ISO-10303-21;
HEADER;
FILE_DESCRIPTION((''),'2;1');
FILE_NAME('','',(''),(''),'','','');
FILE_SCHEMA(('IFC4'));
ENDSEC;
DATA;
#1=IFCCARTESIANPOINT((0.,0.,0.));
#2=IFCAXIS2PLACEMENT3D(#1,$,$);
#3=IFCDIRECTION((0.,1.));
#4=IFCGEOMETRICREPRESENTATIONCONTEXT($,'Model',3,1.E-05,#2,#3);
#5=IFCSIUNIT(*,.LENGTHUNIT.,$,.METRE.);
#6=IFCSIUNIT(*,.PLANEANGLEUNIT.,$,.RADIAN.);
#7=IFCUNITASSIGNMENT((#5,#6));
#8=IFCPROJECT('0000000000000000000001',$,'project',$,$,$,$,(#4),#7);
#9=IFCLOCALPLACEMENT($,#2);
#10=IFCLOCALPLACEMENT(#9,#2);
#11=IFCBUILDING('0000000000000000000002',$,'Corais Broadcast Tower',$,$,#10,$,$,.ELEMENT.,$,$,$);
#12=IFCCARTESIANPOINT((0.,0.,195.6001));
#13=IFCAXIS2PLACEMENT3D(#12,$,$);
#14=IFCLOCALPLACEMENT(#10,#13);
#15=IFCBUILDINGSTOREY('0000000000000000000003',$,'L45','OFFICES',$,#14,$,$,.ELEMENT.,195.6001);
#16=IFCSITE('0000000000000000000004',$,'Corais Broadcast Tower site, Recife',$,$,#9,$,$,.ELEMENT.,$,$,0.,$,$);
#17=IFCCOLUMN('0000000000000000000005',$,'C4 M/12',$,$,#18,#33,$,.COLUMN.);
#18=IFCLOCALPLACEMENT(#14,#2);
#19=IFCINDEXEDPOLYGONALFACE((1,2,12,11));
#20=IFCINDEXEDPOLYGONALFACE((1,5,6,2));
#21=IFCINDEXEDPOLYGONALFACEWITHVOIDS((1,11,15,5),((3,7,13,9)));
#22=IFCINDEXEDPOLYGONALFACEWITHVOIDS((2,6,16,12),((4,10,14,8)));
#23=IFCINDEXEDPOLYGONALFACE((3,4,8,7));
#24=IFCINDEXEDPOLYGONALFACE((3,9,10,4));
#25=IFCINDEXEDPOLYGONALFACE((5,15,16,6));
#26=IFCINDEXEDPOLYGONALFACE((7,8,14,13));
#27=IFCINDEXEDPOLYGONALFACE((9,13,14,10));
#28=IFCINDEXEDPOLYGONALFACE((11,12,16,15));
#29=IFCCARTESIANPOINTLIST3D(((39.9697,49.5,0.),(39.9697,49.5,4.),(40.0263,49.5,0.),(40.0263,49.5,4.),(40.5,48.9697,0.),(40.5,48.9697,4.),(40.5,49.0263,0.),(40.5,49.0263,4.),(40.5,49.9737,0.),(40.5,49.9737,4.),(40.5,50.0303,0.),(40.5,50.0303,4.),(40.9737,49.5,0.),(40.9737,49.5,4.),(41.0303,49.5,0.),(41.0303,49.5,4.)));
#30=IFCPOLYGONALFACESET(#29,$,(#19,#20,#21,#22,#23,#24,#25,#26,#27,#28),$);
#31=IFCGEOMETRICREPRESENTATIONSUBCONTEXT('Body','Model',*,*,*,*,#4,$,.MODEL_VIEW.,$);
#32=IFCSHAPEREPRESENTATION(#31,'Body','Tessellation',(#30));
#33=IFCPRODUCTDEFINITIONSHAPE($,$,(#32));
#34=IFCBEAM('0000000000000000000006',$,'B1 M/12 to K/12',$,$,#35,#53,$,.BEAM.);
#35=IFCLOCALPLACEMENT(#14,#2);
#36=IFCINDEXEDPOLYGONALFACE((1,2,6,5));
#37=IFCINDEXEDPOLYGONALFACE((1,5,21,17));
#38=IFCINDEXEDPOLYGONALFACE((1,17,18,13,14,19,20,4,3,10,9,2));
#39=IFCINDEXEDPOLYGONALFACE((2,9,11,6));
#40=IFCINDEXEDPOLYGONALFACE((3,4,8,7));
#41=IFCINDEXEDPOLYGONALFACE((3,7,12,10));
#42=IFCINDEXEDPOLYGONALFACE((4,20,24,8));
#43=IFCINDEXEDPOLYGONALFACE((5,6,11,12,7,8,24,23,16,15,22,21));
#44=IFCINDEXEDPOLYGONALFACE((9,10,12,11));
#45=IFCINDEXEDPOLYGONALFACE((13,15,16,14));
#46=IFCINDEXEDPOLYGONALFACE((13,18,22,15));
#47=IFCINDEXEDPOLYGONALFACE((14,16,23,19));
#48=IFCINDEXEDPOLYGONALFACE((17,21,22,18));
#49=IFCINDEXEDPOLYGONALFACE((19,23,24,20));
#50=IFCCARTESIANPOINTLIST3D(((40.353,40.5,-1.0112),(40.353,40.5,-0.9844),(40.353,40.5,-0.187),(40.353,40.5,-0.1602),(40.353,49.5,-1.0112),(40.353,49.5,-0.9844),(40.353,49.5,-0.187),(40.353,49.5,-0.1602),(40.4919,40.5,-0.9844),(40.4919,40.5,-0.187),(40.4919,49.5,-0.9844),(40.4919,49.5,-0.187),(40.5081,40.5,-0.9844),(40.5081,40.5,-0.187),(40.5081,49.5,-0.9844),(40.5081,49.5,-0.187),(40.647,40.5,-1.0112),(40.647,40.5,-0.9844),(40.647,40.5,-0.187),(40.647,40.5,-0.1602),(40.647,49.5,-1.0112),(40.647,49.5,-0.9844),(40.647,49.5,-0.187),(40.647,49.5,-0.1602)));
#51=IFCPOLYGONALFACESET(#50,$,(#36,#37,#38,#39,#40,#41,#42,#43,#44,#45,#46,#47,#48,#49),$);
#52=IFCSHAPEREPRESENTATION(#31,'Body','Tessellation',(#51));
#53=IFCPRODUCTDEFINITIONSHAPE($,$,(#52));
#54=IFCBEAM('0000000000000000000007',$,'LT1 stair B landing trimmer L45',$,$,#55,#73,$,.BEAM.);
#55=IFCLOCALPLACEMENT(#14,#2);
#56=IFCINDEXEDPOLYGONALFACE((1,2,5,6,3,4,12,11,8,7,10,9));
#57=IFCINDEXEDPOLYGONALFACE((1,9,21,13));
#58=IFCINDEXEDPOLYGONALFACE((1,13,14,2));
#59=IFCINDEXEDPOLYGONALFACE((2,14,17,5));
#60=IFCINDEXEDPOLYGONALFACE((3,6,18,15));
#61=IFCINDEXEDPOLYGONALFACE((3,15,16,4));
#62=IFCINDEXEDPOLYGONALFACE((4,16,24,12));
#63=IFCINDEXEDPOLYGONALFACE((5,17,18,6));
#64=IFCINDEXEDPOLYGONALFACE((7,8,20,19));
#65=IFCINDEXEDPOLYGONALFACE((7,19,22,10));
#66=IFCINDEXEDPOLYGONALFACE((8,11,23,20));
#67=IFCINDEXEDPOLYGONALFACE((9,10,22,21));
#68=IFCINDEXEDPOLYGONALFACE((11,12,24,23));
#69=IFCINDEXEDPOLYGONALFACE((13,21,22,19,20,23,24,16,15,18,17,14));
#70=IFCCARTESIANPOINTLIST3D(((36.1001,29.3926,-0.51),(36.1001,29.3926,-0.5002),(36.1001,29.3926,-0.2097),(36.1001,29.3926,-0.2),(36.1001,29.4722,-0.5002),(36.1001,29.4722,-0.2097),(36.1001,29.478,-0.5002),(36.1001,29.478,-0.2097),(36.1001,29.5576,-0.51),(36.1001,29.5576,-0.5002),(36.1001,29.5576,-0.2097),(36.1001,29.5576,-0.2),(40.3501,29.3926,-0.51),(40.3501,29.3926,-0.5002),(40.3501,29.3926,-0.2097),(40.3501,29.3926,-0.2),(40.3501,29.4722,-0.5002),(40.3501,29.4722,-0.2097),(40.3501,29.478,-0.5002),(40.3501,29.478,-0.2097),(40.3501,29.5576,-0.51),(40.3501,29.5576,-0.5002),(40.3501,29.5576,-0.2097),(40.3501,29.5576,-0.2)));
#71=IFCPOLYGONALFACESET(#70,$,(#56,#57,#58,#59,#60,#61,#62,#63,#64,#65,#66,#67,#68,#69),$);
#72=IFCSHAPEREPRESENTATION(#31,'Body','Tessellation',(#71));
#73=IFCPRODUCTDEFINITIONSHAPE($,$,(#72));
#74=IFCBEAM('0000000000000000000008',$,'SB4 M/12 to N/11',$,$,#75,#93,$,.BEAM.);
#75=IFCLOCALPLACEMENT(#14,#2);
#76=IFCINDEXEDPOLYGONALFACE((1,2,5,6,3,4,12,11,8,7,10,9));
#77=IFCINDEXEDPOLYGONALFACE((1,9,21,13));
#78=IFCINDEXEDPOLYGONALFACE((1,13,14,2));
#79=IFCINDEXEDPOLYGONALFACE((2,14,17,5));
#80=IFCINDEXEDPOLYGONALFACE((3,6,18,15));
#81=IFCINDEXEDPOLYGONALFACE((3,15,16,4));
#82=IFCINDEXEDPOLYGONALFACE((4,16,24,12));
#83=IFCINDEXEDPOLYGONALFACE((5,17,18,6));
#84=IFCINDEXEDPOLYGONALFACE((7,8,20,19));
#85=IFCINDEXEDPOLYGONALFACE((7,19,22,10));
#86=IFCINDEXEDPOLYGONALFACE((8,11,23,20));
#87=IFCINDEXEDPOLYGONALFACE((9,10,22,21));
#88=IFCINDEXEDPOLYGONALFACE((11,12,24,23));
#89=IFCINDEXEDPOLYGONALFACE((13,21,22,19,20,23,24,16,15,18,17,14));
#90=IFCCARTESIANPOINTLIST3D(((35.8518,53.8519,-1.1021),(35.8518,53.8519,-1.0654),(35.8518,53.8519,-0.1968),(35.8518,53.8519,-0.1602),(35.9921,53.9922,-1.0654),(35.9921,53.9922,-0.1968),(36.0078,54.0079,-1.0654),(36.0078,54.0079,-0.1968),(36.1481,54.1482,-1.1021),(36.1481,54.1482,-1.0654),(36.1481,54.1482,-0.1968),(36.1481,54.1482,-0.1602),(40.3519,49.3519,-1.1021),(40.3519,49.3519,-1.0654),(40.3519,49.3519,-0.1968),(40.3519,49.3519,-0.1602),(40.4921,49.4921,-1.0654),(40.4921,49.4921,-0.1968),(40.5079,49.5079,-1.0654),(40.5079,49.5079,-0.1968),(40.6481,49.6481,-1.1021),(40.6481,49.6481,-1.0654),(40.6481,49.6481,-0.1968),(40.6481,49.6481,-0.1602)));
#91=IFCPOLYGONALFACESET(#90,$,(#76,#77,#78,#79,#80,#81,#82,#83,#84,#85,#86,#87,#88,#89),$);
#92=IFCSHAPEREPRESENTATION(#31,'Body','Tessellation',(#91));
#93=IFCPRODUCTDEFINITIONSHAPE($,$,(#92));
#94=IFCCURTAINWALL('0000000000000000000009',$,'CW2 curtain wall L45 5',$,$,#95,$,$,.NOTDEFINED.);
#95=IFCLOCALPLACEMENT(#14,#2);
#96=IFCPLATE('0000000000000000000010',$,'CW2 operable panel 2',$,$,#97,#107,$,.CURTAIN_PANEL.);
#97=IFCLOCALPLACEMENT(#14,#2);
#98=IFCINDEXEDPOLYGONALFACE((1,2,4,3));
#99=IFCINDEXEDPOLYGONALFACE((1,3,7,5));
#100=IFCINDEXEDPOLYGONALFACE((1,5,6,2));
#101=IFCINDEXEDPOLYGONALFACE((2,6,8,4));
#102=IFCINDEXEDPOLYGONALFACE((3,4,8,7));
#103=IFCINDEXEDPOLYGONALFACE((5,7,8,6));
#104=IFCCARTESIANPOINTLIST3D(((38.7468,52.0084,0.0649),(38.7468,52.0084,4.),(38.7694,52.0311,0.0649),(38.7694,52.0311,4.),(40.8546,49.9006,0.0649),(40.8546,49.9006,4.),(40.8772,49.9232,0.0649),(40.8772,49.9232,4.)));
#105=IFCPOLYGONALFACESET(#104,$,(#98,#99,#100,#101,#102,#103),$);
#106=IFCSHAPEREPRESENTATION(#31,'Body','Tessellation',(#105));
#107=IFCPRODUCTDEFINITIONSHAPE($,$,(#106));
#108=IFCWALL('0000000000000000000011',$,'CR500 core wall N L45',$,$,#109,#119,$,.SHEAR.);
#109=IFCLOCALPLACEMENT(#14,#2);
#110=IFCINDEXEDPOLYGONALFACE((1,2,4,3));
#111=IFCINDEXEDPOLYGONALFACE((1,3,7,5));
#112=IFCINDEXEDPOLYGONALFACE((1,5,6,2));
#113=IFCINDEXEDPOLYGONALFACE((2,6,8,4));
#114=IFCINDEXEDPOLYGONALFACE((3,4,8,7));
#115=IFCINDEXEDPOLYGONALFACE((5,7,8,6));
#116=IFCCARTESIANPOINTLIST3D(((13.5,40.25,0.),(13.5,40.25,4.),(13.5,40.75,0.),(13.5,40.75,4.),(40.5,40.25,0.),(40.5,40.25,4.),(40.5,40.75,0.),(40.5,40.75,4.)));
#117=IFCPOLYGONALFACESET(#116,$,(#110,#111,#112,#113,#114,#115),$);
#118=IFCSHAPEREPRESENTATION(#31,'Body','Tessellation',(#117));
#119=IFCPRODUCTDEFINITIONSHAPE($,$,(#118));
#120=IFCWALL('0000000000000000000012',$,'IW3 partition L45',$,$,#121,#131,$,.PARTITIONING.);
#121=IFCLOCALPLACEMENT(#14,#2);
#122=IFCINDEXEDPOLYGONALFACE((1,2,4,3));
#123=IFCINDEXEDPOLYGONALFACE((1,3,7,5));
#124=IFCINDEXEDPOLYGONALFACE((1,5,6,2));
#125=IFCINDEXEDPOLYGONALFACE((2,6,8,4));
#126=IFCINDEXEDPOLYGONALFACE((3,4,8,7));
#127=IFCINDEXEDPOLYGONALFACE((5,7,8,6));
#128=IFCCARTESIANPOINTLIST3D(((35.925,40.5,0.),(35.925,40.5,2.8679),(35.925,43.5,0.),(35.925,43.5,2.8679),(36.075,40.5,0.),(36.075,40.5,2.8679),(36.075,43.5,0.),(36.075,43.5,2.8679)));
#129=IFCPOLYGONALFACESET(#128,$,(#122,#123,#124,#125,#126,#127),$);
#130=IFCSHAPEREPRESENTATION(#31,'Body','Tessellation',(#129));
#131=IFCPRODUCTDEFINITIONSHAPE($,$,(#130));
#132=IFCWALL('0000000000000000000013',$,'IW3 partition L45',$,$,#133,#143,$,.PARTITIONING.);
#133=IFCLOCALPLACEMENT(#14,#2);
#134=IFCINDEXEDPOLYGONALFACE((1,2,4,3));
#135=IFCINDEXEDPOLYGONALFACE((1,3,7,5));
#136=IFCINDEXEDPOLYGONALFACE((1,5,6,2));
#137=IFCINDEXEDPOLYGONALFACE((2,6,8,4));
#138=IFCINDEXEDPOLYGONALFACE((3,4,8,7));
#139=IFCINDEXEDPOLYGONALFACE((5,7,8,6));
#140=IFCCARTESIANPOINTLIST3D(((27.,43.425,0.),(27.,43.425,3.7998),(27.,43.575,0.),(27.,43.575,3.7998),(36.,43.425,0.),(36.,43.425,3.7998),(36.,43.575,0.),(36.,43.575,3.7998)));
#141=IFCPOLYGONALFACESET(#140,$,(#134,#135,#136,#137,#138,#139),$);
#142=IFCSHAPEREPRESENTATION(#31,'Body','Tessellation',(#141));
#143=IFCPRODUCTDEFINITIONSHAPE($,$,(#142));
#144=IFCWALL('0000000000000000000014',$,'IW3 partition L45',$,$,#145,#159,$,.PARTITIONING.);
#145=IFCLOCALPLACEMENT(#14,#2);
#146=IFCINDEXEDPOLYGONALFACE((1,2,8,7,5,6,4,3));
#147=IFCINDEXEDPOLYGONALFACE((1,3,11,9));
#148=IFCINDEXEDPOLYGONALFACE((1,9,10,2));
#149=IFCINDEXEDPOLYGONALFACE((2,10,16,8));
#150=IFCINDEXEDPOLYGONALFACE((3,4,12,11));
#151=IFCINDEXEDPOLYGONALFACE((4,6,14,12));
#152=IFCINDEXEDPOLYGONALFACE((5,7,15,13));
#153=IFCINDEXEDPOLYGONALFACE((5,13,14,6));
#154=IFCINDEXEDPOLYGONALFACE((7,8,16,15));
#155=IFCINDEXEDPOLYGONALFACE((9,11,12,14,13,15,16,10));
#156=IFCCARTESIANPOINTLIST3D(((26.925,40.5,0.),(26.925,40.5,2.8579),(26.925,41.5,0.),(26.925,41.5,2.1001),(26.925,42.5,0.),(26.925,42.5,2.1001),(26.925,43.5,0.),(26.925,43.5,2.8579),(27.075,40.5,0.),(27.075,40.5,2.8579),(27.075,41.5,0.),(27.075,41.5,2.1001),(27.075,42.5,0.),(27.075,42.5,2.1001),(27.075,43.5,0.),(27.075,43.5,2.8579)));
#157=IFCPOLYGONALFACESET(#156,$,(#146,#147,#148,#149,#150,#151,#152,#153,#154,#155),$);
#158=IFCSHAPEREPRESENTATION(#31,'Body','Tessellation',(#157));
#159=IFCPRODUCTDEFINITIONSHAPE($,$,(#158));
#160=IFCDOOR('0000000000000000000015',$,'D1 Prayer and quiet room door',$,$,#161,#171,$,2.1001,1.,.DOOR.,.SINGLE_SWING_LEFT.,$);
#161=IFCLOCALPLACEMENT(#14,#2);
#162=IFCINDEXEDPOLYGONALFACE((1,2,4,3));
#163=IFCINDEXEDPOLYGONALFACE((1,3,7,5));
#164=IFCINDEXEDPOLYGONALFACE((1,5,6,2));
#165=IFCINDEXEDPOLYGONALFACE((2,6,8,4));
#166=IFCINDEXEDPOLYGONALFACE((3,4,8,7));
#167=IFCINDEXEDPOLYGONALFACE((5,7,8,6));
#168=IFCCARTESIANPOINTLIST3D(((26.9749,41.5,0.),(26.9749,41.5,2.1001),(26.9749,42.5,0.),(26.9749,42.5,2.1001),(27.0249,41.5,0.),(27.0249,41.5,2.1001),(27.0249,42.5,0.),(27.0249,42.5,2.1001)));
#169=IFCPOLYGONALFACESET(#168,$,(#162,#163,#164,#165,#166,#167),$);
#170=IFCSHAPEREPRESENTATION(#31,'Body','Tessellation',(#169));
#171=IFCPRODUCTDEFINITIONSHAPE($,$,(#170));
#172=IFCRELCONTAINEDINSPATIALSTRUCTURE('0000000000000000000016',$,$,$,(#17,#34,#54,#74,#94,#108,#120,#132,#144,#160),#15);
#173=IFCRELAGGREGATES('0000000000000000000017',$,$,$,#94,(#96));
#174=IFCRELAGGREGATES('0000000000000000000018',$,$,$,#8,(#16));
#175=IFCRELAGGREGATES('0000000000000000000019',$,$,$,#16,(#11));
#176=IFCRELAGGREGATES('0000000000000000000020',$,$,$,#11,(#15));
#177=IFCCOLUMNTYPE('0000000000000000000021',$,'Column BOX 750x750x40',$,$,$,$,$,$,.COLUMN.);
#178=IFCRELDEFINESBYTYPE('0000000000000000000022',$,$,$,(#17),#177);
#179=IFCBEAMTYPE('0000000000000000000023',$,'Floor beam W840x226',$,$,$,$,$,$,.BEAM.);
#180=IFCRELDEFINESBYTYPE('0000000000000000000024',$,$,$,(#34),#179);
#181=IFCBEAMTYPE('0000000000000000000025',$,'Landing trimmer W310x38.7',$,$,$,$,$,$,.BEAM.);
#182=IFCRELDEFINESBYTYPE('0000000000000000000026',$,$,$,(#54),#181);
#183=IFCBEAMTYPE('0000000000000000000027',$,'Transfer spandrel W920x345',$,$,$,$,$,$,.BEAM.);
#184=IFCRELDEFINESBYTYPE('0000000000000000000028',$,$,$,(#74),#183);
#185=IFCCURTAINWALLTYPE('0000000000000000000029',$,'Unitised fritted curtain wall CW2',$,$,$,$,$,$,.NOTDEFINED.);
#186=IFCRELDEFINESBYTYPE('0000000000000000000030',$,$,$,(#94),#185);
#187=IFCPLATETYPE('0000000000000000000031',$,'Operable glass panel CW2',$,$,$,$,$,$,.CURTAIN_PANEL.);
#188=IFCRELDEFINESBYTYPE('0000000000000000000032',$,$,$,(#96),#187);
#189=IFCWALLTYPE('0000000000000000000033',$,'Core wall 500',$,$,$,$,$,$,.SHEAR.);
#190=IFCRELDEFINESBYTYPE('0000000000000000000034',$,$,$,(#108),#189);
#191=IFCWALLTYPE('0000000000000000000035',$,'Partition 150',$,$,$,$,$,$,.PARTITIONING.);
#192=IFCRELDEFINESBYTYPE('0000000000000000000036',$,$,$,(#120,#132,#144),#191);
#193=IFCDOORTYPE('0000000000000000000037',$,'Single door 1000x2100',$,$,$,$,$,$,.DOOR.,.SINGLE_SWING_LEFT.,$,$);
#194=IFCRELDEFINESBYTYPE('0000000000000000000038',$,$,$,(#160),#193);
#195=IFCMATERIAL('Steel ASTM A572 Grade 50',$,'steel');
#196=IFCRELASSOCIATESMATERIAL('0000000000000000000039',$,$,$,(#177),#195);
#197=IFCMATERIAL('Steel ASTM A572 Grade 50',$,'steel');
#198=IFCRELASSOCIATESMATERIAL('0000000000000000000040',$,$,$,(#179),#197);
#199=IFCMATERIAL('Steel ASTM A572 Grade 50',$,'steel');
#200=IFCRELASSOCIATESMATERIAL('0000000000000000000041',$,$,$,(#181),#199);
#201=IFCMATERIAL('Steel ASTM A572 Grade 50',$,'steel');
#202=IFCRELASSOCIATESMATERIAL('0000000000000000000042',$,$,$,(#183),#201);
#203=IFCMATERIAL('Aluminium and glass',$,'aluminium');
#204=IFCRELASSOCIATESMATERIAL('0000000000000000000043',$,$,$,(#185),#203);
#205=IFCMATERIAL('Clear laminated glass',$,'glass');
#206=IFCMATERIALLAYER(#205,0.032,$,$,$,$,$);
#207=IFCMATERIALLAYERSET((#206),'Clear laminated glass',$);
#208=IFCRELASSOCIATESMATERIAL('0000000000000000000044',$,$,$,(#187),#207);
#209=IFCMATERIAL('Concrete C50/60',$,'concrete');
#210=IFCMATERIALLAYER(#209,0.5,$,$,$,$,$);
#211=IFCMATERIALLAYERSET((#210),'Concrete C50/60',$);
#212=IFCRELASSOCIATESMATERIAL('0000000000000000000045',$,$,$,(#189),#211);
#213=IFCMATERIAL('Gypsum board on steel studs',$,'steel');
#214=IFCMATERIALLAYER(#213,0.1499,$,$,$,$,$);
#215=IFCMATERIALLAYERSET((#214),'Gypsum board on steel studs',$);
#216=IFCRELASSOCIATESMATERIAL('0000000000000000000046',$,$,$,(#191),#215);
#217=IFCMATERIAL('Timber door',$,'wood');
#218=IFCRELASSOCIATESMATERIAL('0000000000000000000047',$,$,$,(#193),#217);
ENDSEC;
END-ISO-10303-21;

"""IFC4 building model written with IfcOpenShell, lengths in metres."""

from ifc_helpers import new_model, si_unit, direction, frame, frame_2d, origin, origin_2d, place, context, subcontext, project, spatial, rectangle, hollow_rectangle, i_section, extrude, material, layer, layer_set, material_profile, profile_set, type_object, element, fill, aggregate, save


model = new_model("IFC4")

# Units and contexts
model_context = context("Model", 3, precision=1e-05, world=origin(), true_north=direction((0.0, 1.0)))
body_context = subcontext(model_context, "Body", "Model", "MODEL_VIEW")
ifc_project = project(units=[si_unit("LENGTHUNIT", "METRE"), si_unit("PLANEANGLEUNIT", "RADIAN")], contexts=[model_context])

# Site, building, storey
site_placement = place(None, origin())
site = spatial("IfcSite", under=ifc_project, at=site_placement, Name="Corais Broadcast Tower site, Recife", CompositionType="ELEMENT", RefElevation=0.0)
building_placement = place(site_placement, origin())
building = spatial("IfcBuilding", under=site, at=building_placement, Name="Corais Broadcast Tower", CompositionType="ELEMENT")
storey_placement = place(building_placement, frame((0.0, 0.0, 195.6001)))
storey = spatial("IfcBuildingStorey", under=building, at=storey_placement, Name="L45", Description="OFFICES", CompositionType="ELEMENT", Elevation=195.6001)

# Column
ifc_material_1 = material(Name="Steel ASTM A572 Grade 50", Category="steel")
ifc_material_profile_1 = material_profile(ifc_material_1, hollow_rectangle(XDim=0.75, YDim=0.75, WallThickness=0.04, at=origin_2d()), Name="BOX 750x750x40")
ifc_profile_set_1 = profile_set([ifc_material_profile_1], Name="Steel ASTM A572 Grade 50")
column_type = type_object("IfcColumnType", Name="Column BOX 750x750x40", PredefinedType="COLUMN", material=ifc_profile_set_1)
column_placement = place(storey_placement, frame((40.5, 49.5, 0.0), z_axis=(0.0, 0.0, 1.0), x_axis=(0.707107, 0.707107, 0.0)))
element("IfcColumn", 1, at=column_placement, inside=storey, type_object=column_type, Name="C4 M/12", PredefinedType="COLUMN", context=body_context, shape_type="SweptSolid", body=[
    extrude(hollow_rectangle(XDim=0.75, YDim=0.75, WallThickness=0.04, at=origin_2d()), origin(), (0.0, 0.0, 1.0), 4.0),
])

# Beams
ifc_material_2 = material(Name="Steel ASTM A572 Grade 50", Category="steel")
ifc_material_profile_2 = material_profile(ifc_material_2, i_section(OverallWidth=0.2939, OverallDepth=0.8511, WebThickness=0.0161, FlangeThickness=0.0269, at=origin_2d()), Name="W840x226")
ifc_profile_set_2 = profile_set([ifc_material_profile_2], Name="Steel ASTM A572 Grade 50")
beam_type_1 = type_object("IfcBeamType", Name="Floor beam W840x226", PredefinedType="BEAM", material=ifc_profile_set_2)
beam_1_placement = place(storey_placement, frame((40.5, 49.5, -0.5857), z_axis=(0.0, -1.0, 0.0), x_axis=(1.0, 0.0, 0.0)))
element("IfcBeam", 2, at=beam_1_placement, inside=storey, type_object=beam_type_1, Name="B1 M/12 to K/12", PredefinedType="BEAM", context=body_context, shape_type="SweptSolid", body=[
    extrude(i_section(OverallWidth=0.2939, OverallDepth=0.8511, WebThickness=0.0161, FlangeThickness=0.0269, at=origin_2d()), origin(), (0.0, 0.0, 1.0), 9.0),
])
ifc_material_3 = material(Name="Steel ASTM A572 Grade 50", Category="steel")
ifc_material_profile_3 = material_profile(ifc_material_3, i_section(OverallWidth=0.165, OverallDepth=0.3101, WebThickness=0.0059, FlangeThickness=0.0098, at=origin_2d()), Name="W310x38.7")
ifc_profile_set_3 = profile_set([ifc_material_profile_3], Name="Steel ASTM A572 Grade 50")
beam_type_2 = type_object("IfcBeamType", Name="Landing trimmer W310x38.7", PredefinedType="BEAM", material=ifc_profile_set_3)
beam_2_placement = place(storey_placement, frame((36.1001, 29.4751, -0.355), z_axis=(1.0, 0.0, 0.0), x_axis=(0.0, 1.0, 0.0)))
element("IfcBeam", 3, at=beam_2_placement, inside=storey, type_object=beam_type_2, Name="LT1 stair B landing trimmer L45", PredefinedType="BEAM", context=body_context, shape_type="SweptSolid", body=[
    extrude(i_section(OverallWidth=0.165, OverallDepth=0.3101, WebThickness=0.0059, FlangeThickness=0.0098, at=origin_2d()), origin(), (0.0, 0.0, 1.0), 4.25),
])
ifc_material_4 = material(Name="Steel ASTM A572 Grade 50", Category="steel")
ifc_material_profile_4 = material_profile(ifc_material_4, i_section(OverallWidth=0.4189, OverallDepth=0.9419, WebThickness=0.0222, FlangeThickness=0.0366, at=origin_2d()), Name="W920x345")
ifc_profile_set_4 = profile_set([ifc_material_profile_4], Name="Steel ASTM A572 Grade 50")
beam_type_3 = type_object("IfcBeamType", Name="Transfer spandrel W920x345", PredefinedType="BEAM", material=ifc_profile_set_4)
beam_3_placement = place(storey_placement, frame((40.5, 49.5, -0.6311), z_axis=(-0.707107, 0.707107, 0.0), x_axis=(-0.707107, -0.707107, 0.0)))
element("IfcBeam", 4, at=beam_3_placement, inside=storey, type_object=beam_type_3, Name="SB4 M/12 to N/11", PredefinedType="BEAM", context=body_context, shape_type="SweptSolid", body=[
    extrude(i_section(OverallWidth=0.4189, OverallDepth=0.9419, WebThickness=0.0222, FlangeThickness=0.0366, at=origin_2d()), origin(), (0.0, 0.0, 1.0), 6.364),
])

# Curtain wall, plate
ifc_material_5 = material(Name="Aluminium and glass", Category="aluminium")
curtain_wall_type = type_object("IfcCurtainWallType", Name="Unitised fritted curtain wall CW2", PredefinedType="NOTDEFINED", material=ifc_material_5)
curtain_wall_placement = place(storey_placement, origin())
curtain_wall = element("IfcCurtainWall", 5, at=curtain_wall_placement, inside=storey, type_object=curtain_wall_type, Name="CW2 curtain wall L45 5", PredefinedType="NOTDEFINED")
ifc_material_6 = material(Name="Clear laminated glass", Category="glass")
ifc_layer_1 = layer(ifc_material_6, 0.032)
ifc_layer_set_1 = layer_set([ifc_layer_1], Name="Clear laminated glass")
plate_type = type_object("IfcPlateType", Name="Operable glass panel CW2", PredefinedType="CURTAIN_PANEL", material=ifc_layer_set_1)
plate_placement = place(storey_placement, frame((39.812, 50.9658, 0.0649), z_axis=(0.0, 0.0, 1.0), x_axis=(0.707107, -0.707107, 0.0)))
plate = element("IfcPlate", 6, at=plate_placement, type_object=plate_type, Name="CW2 operable panel 2", PredefinedType="CURTAIN_PANEL", context=body_context, shape_type="SweptSolid", body=[
    extrude(rectangle(XDim=2.981, YDim=0.032, at=origin_2d()), origin(), (0.0, 0.0, 1.0), 3.9351),
])
aggregate(curtain_wall, [plate])

# Walls
ifc_material_7 = material(Name="Concrete C50/60", Category="concrete")
ifc_layer_2 = layer(ifc_material_7, 0.5)
ifc_layer_set_2 = layer_set([ifc_layer_2], Name="Concrete C50/60")
wall_type_1 = type_object("IfcWallType", Name="Core wall 500", PredefinedType="SHEAR", material=ifc_layer_set_2)
wall_1_placement = place(storey_placement, frame((40.5, 40.5, 0.0), z_axis=(0.0, 0.0, 1.0), x_axis=(-1.0, 0.0, 0.0)))
element("IfcWall", 7, at=wall_1_placement, inside=storey, type_object=wall_type_1, Name="CR500 core wall N L45", PredefinedType="SHEAR", context=body_context, shape_type="SweptSolid", body=[
    extrude(rectangle(XDim=27.0, YDim=0.5, at=frame_2d((13.5, 0.0))), origin(), (0.0, 0.0, 1.0), 4.0),
])
ifc_material_8 = material(Name="Gypsum board on steel studs", Category="steel")
ifc_layer_3 = layer(ifc_material_8, 0.1499)
ifc_layer_set_3 = layer_set([ifc_layer_3], Name="Gypsum board on steel studs")
wall_type_2 = type_object("IfcWallType", Name="Partition 150", PredefinedType="PARTITIONING", material=ifc_layer_set_3)
wall_2_placement = place(storey_placement, frame((36.0, 40.5, 0.0), z_axis=(0.0, 0.0, 1.0), x_axis=(0.0, 1.0, 0.0)))
element("IfcWall", 8, at=wall_2_placement, inside=storey, type_object=wall_type_2, Name="IW3 partition L45", PredefinedType="PARTITIONING", context=body_context, shape_type="SweptSolid", body=[
    extrude(rectangle(XDim=3.0, YDim=0.1499, at=frame_2d((1.5, 0.0))), origin(), (0.0, 0.0, 1.0), 2.8679),
])
wall_3_placement = place(storey_placement, frame((36.0, 43.5, 0.0), z_axis=(0.0, 0.0, 1.0), x_axis=(-1.0, 0.0, 0.0)))
element("IfcWall", 9, at=wall_3_placement, inside=storey, type_object=wall_type_2, Name="IW3 partition L45", PredefinedType="PARTITIONING", context=body_context, shape_type="SweptSolid", body=[
    extrude(rectangle(XDim=9.0, YDim=0.1499, at=frame_2d((4.5, 0.0))), origin(), (0.0, 0.0, 1.0), 3.7998),
])

# Wall, opening, door
wall_4_placement = place(storey_placement, frame((27.0, 43.5, 0.0), z_axis=(0.0, 0.0, 1.0), x_axis=(0.0, -1.0, 0.0)))
wall_4 = element("IfcWall", 10, at=wall_4_placement, inside=storey, type_object=wall_type_2, Name="IW3 partition L45", PredefinedType="PARTITIONING", context=body_context, shape_type="SweptSolid", body=[
    extrude(rectangle(XDim=3.0, YDim=0.1499, at=frame_2d((1.5, 0.0))), origin(), (0.0, 0.0, 1.0), 2.8579),
])
opening_1_placement = place(wall_4_placement, frame((1.0, 0.0, 0.0)))
opening_1 = element("IfcOpeningElement", 11, at=opening_1_placement, cuts=wall_4, PredefinedType="OPENING", context=body_context, shape_type="SweptSolid", body=[
    extrude(rectangle(XDim=1.0, YDim=2.1001, at=frame_2d((0.5, 1.05))), frame((0.0, 0.085, 0.0), z_axis=(0.0, -1.0, 0.0), x_axis=(1.0, 0.0, 0.0)), (0.0, 0.0, 1.0), 0.1699),
])
ifc_material_9 = material(Name="Timber door", Category="wood")
door_type = type_object("IfcDoorType", Name="Single door 1000x2100", OperationType="SINGLE_SWING_LEFT", PredefinedType="DOOR", material=ifc_material_9)
door_1_placement = place(opening_1_placement, origin())
door_1 = element("IfcDoor", 12, at=door_1_placement, inside=storey, type_object=door_type, Name="D1 Prayer and quiet room door", OperationType="SINGLE_SWING_LEFT", OverallHeight=2.1001, OverallWidth=1.0, PredefinedType="DOOR", context=body_context, shape_type="SweptSolid", body=[
    extrude(rectangle(XDim=1.0, YDim=2.1001, at=frame_2d((0.5, 1.05))), frame((0.0, 0.0249, 0.0), z_axis=(0.0, -1.0, 0.0), x_axis=(1.0, 0.0, 0.0)), (0.0, 0.0, 1.0), 0.05),
])
fill(opening_1, door_1)

save(model, "model.ifc")
